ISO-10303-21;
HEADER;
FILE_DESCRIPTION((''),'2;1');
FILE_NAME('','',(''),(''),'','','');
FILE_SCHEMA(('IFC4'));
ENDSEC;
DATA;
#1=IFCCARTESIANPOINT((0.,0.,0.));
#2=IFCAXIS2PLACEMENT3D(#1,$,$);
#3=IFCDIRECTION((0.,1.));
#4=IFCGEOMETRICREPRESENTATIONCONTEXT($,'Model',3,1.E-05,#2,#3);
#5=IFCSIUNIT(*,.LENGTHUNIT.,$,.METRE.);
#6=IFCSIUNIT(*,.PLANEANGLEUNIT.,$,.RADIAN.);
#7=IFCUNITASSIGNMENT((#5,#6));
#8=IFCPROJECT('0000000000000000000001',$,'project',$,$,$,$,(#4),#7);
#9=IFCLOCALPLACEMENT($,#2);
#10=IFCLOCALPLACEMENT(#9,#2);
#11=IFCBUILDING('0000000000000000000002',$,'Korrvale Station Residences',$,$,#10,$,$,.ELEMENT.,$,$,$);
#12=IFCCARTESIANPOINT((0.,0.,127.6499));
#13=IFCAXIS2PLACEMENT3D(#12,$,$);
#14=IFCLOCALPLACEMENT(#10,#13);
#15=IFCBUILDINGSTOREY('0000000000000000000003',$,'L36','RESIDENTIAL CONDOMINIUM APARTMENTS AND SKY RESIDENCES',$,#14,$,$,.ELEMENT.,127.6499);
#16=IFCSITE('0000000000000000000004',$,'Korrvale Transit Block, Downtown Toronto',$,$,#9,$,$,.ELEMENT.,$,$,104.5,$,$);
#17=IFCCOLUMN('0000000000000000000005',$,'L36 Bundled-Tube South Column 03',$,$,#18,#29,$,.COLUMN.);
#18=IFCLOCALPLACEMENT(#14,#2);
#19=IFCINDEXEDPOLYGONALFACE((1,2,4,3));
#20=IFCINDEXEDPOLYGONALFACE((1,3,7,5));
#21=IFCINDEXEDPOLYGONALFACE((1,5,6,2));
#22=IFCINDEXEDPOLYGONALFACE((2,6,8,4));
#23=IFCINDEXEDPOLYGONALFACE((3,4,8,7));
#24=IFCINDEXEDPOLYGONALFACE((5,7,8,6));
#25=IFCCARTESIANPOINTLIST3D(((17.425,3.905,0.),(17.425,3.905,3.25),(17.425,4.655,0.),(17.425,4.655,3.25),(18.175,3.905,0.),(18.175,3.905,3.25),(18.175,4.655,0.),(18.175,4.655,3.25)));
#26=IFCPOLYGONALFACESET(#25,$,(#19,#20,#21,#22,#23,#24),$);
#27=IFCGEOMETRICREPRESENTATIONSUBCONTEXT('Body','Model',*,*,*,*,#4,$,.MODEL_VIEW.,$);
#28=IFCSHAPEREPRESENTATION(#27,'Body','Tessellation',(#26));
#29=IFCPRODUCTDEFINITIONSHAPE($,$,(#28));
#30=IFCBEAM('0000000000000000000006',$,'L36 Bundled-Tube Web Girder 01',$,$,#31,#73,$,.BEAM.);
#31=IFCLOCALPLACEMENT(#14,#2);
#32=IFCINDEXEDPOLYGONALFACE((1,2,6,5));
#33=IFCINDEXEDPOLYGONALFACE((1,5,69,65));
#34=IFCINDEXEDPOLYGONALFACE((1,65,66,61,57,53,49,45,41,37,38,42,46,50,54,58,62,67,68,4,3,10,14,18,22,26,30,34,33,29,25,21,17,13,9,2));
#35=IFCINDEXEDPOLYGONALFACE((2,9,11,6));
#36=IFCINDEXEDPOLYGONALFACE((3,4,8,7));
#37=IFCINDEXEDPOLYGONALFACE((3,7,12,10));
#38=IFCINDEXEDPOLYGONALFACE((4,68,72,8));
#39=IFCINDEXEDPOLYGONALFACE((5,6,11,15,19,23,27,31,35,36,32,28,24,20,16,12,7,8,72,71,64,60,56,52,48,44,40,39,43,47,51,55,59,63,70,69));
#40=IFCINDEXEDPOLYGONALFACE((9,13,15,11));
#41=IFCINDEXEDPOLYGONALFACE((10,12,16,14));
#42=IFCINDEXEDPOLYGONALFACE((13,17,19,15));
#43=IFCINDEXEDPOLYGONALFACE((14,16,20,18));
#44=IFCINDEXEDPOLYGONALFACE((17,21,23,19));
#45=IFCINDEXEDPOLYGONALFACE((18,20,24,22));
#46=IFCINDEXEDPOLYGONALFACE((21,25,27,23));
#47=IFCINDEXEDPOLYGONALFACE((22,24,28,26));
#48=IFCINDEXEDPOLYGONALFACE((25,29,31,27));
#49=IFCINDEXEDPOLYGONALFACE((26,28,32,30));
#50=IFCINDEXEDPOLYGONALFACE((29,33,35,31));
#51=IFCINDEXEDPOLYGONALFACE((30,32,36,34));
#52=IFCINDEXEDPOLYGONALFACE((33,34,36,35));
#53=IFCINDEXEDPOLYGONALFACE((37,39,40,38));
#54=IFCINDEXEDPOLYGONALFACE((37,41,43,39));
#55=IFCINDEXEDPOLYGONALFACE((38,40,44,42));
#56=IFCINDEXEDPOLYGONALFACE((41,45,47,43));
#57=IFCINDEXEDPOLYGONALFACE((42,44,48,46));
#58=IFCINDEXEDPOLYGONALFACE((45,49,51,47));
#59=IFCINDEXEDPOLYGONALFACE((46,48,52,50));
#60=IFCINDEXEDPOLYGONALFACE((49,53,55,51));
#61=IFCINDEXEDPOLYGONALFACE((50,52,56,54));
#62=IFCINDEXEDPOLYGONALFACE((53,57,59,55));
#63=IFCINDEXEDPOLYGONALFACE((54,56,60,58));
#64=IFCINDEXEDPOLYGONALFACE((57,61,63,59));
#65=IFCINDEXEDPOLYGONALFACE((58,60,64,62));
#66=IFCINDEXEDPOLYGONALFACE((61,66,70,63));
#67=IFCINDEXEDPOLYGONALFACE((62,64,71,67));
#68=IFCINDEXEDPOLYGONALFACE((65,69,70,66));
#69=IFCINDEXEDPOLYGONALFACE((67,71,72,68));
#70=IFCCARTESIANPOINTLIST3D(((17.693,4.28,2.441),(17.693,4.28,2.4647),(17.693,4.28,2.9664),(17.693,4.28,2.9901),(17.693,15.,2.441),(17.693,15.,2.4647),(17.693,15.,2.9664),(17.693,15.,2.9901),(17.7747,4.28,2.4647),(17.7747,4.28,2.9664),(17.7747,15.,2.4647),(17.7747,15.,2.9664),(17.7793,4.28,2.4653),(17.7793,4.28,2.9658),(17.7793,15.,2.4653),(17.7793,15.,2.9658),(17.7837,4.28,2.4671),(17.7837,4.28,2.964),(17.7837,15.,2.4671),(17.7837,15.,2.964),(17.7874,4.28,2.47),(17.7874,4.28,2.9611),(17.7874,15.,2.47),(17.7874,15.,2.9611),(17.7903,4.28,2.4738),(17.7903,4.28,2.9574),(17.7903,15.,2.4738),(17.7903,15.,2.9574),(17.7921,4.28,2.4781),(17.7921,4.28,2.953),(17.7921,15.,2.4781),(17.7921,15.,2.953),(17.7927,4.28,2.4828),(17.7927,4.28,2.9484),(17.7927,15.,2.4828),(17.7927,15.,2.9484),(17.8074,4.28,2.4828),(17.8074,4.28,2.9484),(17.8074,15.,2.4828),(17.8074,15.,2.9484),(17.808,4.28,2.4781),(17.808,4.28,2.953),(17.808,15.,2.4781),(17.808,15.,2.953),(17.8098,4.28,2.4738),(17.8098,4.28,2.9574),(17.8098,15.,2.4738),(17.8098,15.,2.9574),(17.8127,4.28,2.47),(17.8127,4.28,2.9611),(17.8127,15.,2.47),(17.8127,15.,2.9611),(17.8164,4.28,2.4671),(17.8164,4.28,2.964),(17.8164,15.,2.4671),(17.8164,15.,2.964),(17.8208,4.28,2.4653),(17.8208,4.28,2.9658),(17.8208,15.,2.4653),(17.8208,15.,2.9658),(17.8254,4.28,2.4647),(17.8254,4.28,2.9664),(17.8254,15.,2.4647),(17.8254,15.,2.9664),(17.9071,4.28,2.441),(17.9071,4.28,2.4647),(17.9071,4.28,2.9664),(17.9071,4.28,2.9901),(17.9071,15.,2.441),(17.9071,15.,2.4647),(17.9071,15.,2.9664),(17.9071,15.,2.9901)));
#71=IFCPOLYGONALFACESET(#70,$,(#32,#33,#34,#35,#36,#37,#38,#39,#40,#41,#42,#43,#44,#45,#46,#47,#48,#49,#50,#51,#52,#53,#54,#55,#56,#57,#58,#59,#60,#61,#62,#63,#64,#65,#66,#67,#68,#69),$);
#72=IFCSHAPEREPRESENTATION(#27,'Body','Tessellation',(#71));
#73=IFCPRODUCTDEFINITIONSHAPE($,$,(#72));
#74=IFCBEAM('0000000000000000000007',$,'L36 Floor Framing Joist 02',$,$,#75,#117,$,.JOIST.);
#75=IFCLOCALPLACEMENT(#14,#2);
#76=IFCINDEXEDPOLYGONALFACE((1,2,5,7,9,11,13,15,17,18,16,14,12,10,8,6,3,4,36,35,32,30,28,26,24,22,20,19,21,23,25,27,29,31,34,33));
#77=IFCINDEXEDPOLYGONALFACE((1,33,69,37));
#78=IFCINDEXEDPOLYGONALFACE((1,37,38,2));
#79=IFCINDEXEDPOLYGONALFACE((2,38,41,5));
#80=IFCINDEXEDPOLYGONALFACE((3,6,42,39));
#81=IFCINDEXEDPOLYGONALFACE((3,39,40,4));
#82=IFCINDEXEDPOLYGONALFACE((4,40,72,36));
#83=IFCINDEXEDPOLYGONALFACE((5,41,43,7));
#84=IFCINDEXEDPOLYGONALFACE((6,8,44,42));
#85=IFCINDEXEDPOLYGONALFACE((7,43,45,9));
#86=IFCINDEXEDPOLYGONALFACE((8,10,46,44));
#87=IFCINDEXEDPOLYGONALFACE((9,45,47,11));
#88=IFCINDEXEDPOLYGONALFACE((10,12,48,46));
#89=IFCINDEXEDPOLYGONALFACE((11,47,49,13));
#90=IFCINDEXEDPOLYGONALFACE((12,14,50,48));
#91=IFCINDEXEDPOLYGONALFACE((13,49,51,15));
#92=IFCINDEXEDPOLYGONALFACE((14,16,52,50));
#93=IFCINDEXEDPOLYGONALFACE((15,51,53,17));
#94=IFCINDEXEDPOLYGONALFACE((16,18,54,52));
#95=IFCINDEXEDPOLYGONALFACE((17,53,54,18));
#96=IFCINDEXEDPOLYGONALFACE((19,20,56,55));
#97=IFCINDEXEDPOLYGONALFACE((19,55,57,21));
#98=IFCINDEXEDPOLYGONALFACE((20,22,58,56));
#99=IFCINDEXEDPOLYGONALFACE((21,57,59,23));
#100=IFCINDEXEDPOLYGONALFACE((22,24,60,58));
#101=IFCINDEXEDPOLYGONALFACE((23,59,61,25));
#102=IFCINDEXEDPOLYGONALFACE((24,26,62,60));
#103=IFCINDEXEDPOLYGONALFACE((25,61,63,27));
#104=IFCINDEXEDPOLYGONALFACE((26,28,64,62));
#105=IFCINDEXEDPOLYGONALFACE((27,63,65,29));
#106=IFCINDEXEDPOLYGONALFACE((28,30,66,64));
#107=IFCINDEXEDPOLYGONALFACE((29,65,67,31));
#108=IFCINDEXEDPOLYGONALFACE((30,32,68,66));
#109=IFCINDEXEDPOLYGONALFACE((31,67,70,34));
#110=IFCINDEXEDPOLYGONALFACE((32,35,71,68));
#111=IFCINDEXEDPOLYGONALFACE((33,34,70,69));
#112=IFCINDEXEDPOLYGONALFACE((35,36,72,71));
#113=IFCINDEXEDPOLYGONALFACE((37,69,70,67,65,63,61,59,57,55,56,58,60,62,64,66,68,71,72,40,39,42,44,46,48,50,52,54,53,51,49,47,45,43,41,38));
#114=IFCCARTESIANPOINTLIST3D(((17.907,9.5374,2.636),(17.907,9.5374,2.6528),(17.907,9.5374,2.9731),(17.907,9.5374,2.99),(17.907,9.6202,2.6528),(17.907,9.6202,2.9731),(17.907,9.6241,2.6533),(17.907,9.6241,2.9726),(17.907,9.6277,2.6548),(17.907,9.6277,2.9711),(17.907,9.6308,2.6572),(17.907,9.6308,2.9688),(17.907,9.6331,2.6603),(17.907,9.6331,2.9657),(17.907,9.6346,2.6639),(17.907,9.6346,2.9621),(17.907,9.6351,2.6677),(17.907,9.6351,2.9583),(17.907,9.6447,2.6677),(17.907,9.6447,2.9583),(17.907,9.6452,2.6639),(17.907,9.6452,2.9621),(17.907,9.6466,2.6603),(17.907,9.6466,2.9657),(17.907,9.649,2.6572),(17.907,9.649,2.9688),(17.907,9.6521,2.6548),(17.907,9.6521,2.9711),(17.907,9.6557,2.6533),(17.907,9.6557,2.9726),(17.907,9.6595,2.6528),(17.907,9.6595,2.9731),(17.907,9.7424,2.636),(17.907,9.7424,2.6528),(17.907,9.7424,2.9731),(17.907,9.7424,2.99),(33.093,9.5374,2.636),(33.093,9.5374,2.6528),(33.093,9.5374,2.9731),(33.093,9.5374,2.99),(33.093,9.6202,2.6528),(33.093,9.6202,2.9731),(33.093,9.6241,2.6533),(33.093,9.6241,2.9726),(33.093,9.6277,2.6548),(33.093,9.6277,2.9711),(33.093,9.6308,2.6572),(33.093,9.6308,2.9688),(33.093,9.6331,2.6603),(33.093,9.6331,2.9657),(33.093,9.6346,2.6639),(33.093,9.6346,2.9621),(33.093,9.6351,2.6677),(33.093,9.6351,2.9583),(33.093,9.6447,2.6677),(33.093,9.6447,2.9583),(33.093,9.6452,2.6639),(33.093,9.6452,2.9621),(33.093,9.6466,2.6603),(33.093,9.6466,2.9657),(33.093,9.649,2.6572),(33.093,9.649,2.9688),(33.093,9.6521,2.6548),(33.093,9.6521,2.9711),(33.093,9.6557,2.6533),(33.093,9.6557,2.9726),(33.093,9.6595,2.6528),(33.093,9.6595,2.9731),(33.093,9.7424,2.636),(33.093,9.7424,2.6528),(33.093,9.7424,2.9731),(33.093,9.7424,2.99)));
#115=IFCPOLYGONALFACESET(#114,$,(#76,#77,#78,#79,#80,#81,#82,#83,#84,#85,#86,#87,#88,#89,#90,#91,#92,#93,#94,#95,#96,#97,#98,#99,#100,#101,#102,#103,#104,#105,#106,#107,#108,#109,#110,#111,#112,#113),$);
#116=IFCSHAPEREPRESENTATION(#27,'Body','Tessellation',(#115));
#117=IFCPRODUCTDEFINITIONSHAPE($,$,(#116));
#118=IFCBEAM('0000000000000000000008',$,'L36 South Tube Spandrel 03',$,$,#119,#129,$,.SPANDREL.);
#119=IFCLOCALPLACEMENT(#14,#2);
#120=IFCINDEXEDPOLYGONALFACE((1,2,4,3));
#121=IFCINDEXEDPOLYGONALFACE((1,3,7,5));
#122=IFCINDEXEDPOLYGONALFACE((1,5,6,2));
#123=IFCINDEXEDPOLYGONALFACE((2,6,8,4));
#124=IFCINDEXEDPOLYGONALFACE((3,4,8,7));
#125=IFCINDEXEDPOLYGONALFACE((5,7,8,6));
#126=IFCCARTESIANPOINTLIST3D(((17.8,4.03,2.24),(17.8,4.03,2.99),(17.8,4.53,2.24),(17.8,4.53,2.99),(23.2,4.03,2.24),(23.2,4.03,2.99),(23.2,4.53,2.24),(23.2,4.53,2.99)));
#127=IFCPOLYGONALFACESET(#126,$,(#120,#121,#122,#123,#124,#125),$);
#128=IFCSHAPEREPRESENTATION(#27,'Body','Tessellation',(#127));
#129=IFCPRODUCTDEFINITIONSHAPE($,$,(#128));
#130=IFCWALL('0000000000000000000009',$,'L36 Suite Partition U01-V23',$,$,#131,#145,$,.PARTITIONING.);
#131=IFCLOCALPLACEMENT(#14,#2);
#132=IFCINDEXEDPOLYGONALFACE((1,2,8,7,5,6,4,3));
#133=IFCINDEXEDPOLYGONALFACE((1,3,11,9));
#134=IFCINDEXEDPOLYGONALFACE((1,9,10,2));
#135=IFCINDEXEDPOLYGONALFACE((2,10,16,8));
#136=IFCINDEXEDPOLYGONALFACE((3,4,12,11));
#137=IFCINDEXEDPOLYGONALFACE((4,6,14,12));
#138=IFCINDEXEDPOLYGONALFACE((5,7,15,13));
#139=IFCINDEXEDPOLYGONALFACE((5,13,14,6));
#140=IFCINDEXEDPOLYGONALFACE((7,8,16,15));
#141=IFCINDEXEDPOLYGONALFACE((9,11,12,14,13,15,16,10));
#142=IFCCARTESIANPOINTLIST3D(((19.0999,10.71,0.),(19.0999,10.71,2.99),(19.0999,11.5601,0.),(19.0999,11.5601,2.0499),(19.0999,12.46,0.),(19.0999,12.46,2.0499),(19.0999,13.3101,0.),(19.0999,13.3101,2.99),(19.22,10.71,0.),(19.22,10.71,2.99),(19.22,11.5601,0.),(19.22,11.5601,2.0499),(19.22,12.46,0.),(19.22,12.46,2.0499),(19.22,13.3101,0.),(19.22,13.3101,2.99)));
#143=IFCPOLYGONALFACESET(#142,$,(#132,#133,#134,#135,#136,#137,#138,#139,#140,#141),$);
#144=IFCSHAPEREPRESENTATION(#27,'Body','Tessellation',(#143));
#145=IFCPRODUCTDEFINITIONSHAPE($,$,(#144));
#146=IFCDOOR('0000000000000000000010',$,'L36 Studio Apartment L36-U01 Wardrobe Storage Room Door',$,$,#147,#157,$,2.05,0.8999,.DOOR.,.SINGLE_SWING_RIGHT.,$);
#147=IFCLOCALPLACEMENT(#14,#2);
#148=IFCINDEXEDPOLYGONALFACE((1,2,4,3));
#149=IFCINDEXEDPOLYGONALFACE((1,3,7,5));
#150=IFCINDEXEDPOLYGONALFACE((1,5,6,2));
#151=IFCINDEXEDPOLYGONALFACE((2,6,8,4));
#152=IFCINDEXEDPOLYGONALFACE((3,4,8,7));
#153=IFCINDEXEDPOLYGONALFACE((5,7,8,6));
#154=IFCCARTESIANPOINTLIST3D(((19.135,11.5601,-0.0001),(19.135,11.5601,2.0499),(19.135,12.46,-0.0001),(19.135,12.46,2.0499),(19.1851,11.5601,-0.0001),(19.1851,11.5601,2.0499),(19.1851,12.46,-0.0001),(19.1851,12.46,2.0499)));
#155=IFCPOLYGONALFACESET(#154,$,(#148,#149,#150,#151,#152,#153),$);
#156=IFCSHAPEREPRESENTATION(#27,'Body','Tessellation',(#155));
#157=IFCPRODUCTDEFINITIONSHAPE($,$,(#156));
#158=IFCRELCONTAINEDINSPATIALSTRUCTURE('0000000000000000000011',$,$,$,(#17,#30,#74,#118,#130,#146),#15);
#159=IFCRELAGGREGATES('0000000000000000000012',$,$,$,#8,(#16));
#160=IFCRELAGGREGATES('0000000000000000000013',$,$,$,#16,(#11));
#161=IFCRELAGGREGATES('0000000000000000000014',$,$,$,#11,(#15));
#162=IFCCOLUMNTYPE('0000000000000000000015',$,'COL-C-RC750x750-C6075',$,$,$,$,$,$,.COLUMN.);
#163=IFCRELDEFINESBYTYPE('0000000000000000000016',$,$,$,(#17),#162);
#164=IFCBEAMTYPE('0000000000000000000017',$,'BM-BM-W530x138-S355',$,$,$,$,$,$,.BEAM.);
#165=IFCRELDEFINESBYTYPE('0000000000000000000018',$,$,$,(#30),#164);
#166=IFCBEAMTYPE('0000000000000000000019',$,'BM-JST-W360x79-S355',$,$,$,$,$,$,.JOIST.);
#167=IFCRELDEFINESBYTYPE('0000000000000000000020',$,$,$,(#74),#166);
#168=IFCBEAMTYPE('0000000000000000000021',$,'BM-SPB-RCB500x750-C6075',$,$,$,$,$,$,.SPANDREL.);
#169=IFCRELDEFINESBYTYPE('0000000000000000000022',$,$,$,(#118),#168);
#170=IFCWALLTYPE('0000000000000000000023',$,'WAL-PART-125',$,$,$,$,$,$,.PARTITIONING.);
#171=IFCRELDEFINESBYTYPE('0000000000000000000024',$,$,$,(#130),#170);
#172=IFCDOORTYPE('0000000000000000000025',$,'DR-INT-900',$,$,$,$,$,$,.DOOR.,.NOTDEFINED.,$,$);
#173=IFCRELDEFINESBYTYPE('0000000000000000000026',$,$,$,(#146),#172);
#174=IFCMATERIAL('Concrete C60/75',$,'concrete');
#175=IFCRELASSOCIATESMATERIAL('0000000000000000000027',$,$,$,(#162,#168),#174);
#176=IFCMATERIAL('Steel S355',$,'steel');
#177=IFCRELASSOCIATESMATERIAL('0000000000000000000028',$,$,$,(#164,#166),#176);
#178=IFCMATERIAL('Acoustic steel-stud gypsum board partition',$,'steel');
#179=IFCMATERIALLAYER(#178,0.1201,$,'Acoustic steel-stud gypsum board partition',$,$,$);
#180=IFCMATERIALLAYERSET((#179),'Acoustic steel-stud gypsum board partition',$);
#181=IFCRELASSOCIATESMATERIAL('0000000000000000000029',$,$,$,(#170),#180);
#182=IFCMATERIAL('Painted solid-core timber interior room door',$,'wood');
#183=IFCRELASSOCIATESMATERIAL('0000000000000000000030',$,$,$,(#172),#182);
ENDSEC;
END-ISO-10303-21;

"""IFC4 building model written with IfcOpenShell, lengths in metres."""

from ifc_helpers import new_model, si_unit, direction, frame, frame_2d, origin, origin_2d, place, context, subcontext, project, spatial, rectangle, i_section, extrude, material, layer, layer_set, material_profile, profile_set, type_object, element, fill, save


model = new_model("IFC4")

# Units and contexts
model_context = context("Model", 3, precision=1e-05, world=origin(), true_north=direction((0.0, 1.0)))
body_context = subcontext(model_context, "Body", "Model", "MODEL_VIEW")
ifc_project = project(units=[si_unit("LENGTHUNIT", "METRE"), si_unit("PLANEANGLEUNIT", "RADIAN")], contexts=[model_context])

# Site, building, storey
site_placement = place(None, origin())
site = spatial("IfcSite", under=ifc_project, at=site_placement, Name="Korrvale Transit Block, Downtown Toronto", CompositionType="ELEMENT", RefElevation=104.5)
building_placement = place(site_placement, origin())
building = spatial("IfcBuilding", under=site, at=building_placement, Name="Korrvale Station Residences", CompositionType="ELEMENT")
storey_placement = place(building_placement, frame((0.0, 0.0, 127.6499)))
storey = spatial("IfcBuildingStorey", under=building, at=storey_placement, Name="L36", Description="RESIDENTIAL CONDOMINIUM APARTMENTS AND SKY RESIDENCES", CompositionType="ELEMENT", Elevation=127.6499)

# Column
ifc_material_1 = material(Name="Concrete C60/75", Category="concrete")
ifc_material_profile_1 = material_profile(ifc_material_1, rectangle(XDim=0.75, YDim=0.75, at=origin_2d()), Name="RC750x750")
ifc_profile_set_1 = profile_set([ifc_material_profile_1], Name="Concrete C60/75")
column_type = type_object("IfcColumnType", Name="COL-C-RC750x750-C6075", PredefinedType="COLUMN", material=ifc_profile_set_1)
column_placement = place(storey_placement, frame((17.8, 4.28, 0.0), z_axis=(0.0, 0.0, 1.0), x_axis=(1.0, 0.0, 0.0)))
element("IfcColumn", 1, at=column_placement, inside=storey, type_object=column_type, Name="L36 Bundled-Tube South Column 03", PredefinedType="COLUMN", context=body_context, shape_type="SweptSolid", body=[
    extrude(rectangle(XDim=0.75, YDim=0.75, at=origin_2d()), origin(), (0.0, 0.0, 1.0), 3.25),
])

# Beams
ifc_material_2 = material(Name="Steel S355", Category="steel")
ifc_material_profile_2 = material_profile(ifc_material_2, i_section(OverallWidth=0.2141, OverallDepth=0.5491, WebThickness=0.0146, FlangeThickness=0.0237, FilletRadius=0.0181, at=origin_2d()), Name="W530x138")
ifc_profile_set_2 = profile_set([ifc_material_profile_2], Name="Steel S355")
beam_type_1 = type_object("IfcBeamType", Name="BM-BM-W530x138-S355", PredefinedType="BEAM", material=ifc_profile_set_2)
beam_1_placement = place(storey_placement, frame((17.8, 4.28, 2.7156), z_axis=(0.0, 1.0, 0.0), x_axis=(-1.0, 0.0, 0.0)))
element("IfcBeam", 2, at=beam_1_placement, inside=storey, type_object=beam_type_1, Name="L36 Bundled-Tube Web Girder 01", PredefinedType="BEAM", context=body_context, shape_type="SweptSolid", body=[
    extrude(i_section(OverallWidth=0.2141, OverallDepth=0.5491, WebThickness=0.0146, FlangeThickness=0.0237, FilletRadius=0.0181, at=origin_2d()), origin(), (0.0, 0.0, 1.0), 10.72),
])
ifc_material_profile_3 = material_profile(ifc_material_2, i_section(OverallWidth=0.2051, OverallDepth=0.354, WebThickness=0.0095, FlangeThickness=0.0168, FilletRadius=0.0149, at=origin_2d()), Name="W360x79")
ifc_profile_set_3 = profile_set([ifc_material_profile_3], Name="Steel S355")
beam_type_2 = type_object("IfcBeamType", Name="BM-JST-W360x79-S355", PredefinedType="JOIST", material=ifc_profile_set_3)
beam_2_placement = place(storey_placement, frame((17.907, 9.6399, 2.813), z_axis=(1.0, 0.0, 0.0), x_axis=(0.0, 1.0, 0.0)))
element("IfcBeam", 3, at=beam_2_placement, inside=storey, type_object=beam_type_2, Name="L36 Floor Framing Joist 02", PredefinedType="JOIST", context=body_context, shape_type="SweptSolid", body=[
    extrude(i_section(OverallWidth=0.2051, OverallDepth=0.354, WebThickness=0.0095, FlangeThickness=0.0168, FilletRadius=0.0149, at=origin_2d()), origin(), (0.0, 0.0, 1.0), 15.186),
])
ifc_material_profile_4 = material_profile(ifc_material_1, rectangle(XDim=0.5, YDim=0.75, at=origin_2d()), Name="RCB500x750")
ifc_profile_set_4 = profile_set([ifc_material_profile_4], Name="Concrete C60/75")
beam_type_3 = type_object("IfcBeamType", Name="BM-SPB-RCB500x750-C6075", PredefinedType="SPANDREL", material=ifc_profile_set_4)
beam_3_placement = place(storey_placement, frame((17.8, 4.28, 2.615), z_axis=(1.0, 0.0, 0.0), x_axis=(0.0, 1.0, 0.0)))
element("IfcBeam", 4, at=beam_3_placement, inside=storey, type_object=beam_type_3, Name="L36 South Tube Spandrel 03", PredefinedType="SPANDREL", context=body_context, shape_type="SweptSolid", body=[
    extrude(rectangle(XDim=0.5, YDim=0.75, at=origin_2d()), origin(), (0.0, 0.0, 1.0), 5.3999),
])

# Wall, opening, door
ifc_material_3 = material(Name="Acoustic steel-stud gypsum board partition", Category="steel")
ifc_layer = layer(ifc_material_3, 0.1201, Name="Acoustic steel-stud gypsum board partition")
ifc_layer_set = layer_set([ifc_layer], Name="Acoustic steel-stud gypsum board partition")
wall_type = type_object("IfcWallType", Name="WAL-PART-125", PredefinedType="PARTITIONING", material=ifc_layer_set)
wall_1_placement = place(storey_placement, frame((19.1599, 10.71, 0.0), z_axis=(0.0, 0.0, 1.0), x_axis=(0.0, 1.0, 0.0)))
wall_1 = element("IfcWall", 5, at=wall_1_placement, inside=storey, type_object=wall_type, Name="L36 Suite Partition U01-V23", PredefinedType="PARTITIONING", context=body_context, shape_type="SweptSolid", body=[
    extrude(rectangle(XDim=2.6001, YDim=0.1201, at=frame_2d((1.3, 0.0))), origin(), (0.0, 0.0, 1.0), 2.99),
])
opening_1_placement = place(wall_1_placement, frame((0.8501, 0.0, 0.0)))
opening_1 = element("IfcOpeningElement", 6, at=opening_1_placement, cuts=wall_1, PredefinedType="OPENING", context=body_context, shape_type="SweptSolid", body=[
    extrude(rectangle(XDim=0.8999, YDim=2.05, at=frame_2d((0.45, 1.0249))), frame((0.0, 0.0701, 0.0), z_axis=(0.0, -1.0, 0.0), x_axis=(1.0, 0.0, 0.0)), (0.0, 0.0, 1.0), 0.1401),
])
ifc_material_4 = material(Name="Painted solid-core timber interior room door", Category="wood")
door_type = type_object("IfcDoorType", Name="DR-INT-900", OperationType="NOTDEFINED", PredefinedType="DOOR", material=ifc_material_4)
door_1_placement = place(opening_1_placement, origin())
door_1 = element("IfcDoor", 7, at=door_1_placement, inside=storey, type_object=door_type, Name="L36 Studio Apartment L36-U01 Wardrobe Storage Room Door", OperationType="SINGLE_SWING_RIGHT", OverallHeight=2.05, OverallWidth=0.8999, PredefinedType="DOOR", context=body_context, shape_type="SweptSolid", body=[
    extrude(rectangle(XDim=0.8999, YDim=2.05, at=frame_2d((0.45, 1.0249))), frame((0.0, 0.0249, 0.0), z_axis=(0.0, -1.0, 0.0), x_axis=(1.0, 0.0, 0.0)), (0.0, 0.0, 1.0), 0.05),
])
fill(opening_1, door_1)

save(model, "model.ifc")
